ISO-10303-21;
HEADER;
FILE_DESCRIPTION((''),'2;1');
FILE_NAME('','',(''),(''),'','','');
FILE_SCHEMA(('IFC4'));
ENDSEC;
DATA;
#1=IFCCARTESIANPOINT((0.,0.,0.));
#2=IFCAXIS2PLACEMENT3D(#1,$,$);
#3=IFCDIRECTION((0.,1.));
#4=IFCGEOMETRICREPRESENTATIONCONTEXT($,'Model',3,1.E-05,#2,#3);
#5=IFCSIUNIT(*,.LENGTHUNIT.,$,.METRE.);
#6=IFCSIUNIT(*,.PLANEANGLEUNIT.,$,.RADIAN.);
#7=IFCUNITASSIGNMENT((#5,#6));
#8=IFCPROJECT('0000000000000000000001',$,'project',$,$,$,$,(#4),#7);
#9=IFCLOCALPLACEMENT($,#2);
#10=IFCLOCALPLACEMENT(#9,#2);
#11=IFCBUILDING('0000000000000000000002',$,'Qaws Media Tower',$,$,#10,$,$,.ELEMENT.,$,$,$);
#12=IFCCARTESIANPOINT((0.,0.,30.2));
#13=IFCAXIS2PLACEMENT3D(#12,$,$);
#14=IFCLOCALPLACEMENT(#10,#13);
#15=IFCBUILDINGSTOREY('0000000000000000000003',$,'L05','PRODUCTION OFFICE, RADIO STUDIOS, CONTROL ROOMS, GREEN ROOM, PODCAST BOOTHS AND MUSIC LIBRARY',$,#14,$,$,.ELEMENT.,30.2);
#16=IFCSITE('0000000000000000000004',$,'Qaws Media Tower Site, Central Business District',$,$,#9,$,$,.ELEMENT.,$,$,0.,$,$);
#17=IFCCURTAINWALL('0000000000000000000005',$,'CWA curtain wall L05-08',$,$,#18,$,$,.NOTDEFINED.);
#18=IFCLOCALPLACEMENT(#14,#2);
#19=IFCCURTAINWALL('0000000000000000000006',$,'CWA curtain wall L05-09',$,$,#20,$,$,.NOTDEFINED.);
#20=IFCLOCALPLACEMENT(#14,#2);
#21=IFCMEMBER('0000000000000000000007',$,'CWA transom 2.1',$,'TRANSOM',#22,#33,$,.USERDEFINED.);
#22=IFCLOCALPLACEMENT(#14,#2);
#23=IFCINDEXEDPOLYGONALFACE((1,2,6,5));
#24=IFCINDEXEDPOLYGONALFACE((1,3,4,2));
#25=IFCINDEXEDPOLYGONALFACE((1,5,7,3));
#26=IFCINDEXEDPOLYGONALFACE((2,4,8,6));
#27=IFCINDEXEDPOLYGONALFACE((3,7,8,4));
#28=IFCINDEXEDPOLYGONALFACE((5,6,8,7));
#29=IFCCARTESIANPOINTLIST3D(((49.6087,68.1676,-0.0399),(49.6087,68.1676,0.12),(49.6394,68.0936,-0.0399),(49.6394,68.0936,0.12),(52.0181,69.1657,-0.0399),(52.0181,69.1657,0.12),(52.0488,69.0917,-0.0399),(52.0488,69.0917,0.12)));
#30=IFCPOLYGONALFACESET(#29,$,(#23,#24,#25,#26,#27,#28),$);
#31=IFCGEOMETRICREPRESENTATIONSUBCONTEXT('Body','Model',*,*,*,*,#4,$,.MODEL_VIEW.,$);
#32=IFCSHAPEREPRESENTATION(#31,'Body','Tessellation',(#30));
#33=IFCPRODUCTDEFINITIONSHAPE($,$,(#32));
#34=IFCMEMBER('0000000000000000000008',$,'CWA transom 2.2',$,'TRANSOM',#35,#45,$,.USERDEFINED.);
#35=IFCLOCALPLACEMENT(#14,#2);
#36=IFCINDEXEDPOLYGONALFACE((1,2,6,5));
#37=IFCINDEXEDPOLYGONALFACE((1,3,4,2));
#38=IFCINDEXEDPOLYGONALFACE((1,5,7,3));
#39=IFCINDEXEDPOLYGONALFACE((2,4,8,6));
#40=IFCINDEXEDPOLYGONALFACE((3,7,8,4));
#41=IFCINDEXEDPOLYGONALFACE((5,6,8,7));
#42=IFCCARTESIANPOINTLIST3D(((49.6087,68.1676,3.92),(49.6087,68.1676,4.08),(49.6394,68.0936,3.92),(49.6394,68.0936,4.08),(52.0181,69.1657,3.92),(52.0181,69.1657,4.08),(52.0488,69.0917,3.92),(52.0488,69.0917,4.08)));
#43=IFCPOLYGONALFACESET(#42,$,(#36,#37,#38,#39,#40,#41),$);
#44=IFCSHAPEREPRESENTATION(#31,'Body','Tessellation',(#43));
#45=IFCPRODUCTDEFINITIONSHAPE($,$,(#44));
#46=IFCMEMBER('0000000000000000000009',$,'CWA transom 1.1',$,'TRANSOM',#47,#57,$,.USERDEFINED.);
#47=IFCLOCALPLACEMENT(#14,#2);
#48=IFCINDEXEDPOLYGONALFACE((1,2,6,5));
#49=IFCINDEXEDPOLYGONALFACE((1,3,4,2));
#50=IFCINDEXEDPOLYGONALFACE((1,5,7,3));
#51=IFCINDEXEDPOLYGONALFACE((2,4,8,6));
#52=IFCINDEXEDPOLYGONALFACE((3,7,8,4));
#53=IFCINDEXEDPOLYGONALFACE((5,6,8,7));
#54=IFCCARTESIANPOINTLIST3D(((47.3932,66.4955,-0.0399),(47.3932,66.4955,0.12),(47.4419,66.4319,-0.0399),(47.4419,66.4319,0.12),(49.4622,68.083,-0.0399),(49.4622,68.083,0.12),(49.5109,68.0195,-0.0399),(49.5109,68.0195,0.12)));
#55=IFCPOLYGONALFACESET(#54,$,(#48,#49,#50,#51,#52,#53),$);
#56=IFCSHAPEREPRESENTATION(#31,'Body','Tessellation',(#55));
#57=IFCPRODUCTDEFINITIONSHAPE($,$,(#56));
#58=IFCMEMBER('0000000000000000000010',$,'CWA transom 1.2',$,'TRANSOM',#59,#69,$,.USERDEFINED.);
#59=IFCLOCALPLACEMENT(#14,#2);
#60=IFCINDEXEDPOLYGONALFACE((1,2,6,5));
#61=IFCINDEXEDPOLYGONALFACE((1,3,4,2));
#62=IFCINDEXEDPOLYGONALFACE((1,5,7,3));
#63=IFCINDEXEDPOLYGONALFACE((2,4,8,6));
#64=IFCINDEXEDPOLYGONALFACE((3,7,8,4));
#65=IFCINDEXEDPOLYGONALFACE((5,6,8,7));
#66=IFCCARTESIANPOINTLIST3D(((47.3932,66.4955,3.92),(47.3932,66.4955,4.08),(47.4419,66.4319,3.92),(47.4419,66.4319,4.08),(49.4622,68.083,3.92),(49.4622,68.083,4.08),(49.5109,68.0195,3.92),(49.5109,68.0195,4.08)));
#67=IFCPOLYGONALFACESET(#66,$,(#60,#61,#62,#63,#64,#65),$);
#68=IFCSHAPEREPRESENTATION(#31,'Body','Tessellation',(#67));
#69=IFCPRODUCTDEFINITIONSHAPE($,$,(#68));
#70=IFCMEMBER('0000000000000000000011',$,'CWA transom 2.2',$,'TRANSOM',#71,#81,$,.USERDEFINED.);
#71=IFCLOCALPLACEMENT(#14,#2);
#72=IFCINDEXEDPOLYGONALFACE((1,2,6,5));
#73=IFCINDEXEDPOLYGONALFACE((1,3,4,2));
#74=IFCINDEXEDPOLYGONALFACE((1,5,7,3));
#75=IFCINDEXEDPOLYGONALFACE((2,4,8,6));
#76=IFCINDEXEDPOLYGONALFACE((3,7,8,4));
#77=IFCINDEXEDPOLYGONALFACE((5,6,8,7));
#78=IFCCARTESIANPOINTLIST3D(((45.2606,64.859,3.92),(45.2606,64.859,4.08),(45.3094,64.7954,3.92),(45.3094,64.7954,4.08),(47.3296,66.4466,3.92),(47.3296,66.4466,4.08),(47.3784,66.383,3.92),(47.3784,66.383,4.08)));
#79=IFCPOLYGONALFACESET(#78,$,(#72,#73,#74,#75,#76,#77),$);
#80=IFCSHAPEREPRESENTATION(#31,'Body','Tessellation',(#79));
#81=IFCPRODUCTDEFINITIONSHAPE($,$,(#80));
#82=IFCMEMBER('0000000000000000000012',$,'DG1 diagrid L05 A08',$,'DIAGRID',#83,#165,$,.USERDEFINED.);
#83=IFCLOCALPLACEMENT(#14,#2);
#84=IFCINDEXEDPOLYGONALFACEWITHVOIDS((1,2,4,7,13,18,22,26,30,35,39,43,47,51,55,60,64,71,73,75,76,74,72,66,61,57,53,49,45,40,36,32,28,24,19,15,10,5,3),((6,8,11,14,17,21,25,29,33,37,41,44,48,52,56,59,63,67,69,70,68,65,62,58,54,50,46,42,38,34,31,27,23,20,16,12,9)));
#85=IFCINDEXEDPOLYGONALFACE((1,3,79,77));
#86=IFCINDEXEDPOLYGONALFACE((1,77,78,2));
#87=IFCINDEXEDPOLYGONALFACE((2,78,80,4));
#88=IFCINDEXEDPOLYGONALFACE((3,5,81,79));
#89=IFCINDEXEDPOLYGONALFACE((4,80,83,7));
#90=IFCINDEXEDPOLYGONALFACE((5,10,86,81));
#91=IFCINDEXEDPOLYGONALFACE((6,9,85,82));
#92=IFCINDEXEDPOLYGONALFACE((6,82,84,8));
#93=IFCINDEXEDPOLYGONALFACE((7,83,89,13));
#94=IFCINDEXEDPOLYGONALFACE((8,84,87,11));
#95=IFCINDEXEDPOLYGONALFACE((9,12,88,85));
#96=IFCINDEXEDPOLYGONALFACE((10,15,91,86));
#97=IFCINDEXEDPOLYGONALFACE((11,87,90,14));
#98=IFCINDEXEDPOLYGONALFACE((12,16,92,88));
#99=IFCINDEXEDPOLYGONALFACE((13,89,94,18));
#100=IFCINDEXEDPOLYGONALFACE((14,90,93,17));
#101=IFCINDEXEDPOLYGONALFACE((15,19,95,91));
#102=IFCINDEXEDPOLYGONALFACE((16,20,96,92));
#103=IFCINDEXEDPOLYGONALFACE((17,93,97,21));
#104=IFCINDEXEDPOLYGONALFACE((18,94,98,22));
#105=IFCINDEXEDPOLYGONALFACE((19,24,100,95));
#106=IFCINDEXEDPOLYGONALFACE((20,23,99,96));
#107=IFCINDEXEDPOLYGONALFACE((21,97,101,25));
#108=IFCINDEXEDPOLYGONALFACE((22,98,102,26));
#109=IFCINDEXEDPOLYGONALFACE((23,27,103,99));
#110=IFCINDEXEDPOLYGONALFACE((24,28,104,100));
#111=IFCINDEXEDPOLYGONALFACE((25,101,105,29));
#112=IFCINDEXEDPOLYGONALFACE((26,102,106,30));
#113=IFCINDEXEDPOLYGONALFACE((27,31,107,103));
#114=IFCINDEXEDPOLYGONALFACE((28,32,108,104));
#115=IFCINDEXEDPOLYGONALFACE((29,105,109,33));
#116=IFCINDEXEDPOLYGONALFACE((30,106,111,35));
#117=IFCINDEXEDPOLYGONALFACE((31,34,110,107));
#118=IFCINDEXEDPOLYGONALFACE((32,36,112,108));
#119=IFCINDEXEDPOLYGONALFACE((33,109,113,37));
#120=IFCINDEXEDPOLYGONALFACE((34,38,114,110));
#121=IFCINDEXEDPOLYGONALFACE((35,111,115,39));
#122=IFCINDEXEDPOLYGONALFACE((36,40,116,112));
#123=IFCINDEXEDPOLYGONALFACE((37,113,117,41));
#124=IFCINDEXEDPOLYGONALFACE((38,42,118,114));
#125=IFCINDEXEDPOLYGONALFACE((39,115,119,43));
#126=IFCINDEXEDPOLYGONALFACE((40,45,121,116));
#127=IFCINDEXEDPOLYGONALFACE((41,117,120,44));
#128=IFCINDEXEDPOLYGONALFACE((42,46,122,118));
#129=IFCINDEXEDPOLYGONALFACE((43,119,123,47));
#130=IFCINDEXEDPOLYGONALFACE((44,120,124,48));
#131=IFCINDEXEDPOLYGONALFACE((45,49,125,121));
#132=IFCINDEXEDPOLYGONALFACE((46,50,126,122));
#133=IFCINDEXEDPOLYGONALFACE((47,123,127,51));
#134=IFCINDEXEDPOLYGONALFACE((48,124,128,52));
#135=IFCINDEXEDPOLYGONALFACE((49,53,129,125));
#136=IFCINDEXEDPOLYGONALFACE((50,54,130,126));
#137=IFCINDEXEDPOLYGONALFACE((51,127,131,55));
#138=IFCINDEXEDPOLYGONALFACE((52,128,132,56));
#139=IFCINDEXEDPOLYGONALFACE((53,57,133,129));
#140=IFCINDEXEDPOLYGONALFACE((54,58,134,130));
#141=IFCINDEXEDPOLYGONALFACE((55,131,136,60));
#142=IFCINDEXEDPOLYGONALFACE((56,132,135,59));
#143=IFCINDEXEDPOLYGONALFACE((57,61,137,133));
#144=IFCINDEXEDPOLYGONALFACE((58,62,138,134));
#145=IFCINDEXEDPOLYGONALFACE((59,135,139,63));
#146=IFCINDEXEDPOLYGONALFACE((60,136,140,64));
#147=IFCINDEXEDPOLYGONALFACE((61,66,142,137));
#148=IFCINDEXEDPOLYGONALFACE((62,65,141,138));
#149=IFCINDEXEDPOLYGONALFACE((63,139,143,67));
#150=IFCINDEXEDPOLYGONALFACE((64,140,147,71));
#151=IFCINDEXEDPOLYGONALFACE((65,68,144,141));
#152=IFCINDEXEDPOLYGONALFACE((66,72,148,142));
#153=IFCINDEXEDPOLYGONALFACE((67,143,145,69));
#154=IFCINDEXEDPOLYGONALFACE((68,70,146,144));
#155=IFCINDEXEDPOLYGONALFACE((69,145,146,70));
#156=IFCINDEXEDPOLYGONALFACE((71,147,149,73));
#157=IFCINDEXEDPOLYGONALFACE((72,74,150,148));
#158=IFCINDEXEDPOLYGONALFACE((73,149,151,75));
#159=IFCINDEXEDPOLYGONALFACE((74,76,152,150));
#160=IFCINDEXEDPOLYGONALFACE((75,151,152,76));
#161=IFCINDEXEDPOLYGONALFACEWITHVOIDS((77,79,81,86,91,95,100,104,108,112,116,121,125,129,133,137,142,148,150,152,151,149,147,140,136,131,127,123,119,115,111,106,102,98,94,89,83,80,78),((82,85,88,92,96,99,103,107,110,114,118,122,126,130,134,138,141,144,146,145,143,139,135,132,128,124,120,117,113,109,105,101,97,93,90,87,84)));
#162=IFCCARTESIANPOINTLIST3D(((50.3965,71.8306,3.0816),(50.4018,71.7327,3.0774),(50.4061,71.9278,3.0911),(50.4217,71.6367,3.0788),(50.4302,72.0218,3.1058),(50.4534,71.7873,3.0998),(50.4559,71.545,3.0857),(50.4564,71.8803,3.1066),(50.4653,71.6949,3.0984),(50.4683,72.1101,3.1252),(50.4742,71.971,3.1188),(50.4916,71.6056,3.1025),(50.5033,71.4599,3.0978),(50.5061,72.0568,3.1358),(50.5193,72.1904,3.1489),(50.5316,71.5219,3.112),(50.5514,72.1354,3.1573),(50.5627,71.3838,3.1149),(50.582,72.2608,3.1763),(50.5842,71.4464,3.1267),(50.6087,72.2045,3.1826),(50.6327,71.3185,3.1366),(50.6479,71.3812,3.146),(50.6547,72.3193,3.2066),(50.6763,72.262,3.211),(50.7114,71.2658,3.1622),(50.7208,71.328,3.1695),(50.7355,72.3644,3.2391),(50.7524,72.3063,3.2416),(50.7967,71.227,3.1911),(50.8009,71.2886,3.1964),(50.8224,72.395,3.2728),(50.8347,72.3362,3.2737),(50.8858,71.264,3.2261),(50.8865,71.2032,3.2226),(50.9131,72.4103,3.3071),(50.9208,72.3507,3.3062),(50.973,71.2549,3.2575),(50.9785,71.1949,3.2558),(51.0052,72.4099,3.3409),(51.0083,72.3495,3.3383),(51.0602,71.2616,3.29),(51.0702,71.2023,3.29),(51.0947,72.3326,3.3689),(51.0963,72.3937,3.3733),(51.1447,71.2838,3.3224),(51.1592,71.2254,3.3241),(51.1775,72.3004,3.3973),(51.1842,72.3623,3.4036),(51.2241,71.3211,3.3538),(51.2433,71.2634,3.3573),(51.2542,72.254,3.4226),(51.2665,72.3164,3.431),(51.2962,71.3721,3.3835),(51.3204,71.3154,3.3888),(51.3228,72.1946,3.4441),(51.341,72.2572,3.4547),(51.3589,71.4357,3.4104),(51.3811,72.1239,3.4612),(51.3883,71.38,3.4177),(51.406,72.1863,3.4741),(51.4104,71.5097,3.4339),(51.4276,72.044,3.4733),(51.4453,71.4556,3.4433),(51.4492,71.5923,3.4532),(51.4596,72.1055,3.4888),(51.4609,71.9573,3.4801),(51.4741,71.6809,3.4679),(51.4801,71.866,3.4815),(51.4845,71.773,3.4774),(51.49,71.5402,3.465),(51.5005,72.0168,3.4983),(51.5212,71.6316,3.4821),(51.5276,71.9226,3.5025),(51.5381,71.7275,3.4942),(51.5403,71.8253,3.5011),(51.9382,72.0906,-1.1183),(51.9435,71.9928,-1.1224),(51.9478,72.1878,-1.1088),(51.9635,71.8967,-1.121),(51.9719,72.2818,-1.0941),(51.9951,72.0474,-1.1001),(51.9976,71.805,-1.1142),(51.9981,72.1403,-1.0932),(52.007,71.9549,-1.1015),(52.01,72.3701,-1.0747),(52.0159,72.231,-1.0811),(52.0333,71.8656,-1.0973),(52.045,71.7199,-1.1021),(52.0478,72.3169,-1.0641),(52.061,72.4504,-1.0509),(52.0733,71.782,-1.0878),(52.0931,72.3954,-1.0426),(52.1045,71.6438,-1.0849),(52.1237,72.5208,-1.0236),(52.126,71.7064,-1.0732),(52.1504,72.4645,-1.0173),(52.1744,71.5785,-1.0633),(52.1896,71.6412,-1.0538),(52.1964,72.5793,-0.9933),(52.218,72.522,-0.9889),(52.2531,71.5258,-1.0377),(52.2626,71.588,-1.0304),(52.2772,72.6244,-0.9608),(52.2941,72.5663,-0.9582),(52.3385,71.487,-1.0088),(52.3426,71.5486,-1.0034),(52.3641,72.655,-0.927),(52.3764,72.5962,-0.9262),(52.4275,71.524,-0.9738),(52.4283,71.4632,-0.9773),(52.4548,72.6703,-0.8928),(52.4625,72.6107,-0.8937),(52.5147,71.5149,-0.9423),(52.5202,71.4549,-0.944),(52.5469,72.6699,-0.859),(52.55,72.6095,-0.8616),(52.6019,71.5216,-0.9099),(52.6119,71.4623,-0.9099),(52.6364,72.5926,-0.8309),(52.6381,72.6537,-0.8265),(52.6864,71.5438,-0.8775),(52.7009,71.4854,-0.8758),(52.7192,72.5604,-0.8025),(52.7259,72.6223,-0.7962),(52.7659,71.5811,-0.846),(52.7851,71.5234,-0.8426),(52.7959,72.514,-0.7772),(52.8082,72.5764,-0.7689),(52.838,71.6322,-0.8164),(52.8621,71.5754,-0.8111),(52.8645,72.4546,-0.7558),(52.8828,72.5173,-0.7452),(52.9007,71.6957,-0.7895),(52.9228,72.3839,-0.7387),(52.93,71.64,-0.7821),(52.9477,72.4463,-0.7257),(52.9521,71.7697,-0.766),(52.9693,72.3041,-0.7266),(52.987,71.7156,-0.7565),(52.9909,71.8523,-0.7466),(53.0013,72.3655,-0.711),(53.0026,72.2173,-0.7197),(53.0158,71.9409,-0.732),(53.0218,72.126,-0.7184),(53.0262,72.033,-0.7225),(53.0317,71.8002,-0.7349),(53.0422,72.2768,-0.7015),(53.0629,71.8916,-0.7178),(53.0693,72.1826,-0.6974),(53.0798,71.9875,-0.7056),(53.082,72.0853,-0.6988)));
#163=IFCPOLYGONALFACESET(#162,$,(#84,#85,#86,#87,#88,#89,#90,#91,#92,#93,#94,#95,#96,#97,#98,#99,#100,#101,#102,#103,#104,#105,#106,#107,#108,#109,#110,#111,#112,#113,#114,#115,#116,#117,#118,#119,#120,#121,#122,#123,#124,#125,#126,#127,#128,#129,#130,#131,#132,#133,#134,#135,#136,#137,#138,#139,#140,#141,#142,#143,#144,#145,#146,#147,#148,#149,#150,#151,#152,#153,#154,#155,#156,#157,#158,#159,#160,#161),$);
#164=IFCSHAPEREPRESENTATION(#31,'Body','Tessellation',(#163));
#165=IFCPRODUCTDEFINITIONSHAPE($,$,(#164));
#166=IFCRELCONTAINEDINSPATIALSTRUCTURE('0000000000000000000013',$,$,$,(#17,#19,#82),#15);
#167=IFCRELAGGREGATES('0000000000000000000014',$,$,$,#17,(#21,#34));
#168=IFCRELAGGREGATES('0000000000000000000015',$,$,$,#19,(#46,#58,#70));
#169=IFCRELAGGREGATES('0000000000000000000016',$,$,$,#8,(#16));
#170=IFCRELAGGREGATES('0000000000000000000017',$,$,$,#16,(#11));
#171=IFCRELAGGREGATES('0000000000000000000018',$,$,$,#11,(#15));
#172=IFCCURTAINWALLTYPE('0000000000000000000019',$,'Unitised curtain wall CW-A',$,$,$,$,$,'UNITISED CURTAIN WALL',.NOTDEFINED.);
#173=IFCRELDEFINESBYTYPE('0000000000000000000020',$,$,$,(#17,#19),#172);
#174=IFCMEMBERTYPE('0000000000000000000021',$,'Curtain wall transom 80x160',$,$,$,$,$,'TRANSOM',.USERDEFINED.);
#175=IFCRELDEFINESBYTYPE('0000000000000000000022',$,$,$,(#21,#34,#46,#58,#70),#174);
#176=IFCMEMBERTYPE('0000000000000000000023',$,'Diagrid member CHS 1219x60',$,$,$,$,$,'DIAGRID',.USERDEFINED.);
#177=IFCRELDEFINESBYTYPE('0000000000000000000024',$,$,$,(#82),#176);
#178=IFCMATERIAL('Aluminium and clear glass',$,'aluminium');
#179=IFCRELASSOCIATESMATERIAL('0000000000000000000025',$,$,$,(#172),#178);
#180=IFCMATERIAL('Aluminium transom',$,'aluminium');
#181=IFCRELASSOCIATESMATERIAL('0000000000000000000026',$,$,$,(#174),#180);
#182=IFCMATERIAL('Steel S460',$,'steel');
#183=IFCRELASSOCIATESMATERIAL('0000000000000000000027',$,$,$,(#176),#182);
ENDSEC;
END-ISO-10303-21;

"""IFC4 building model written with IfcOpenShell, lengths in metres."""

from ifc_helpers import new_model, si_unit, direction, frame, origin, origin_2d, place, context, subcontext, project, spatial, rectangle, hollow_circle, extrude, material, material_profile, profile_set, type_object, element, aggregate, save


model = new_model("IFC4")

# Units and contexts
model_context = context("Model", 3, precision=1e-05, world=origin(), true_north=direction((0.0, 1.0)))
body_context = subcontext(model_context, "Body", "Model", "MODEL_VIEW")
ifc_project = project(units=[si_unit("LENGTHUNIT", "METRE"), si_unit("PLANEANGLEUNIT", "RADIAN")], contexts=[model_context])

# Site, building, storey
site_placement = place(None, origin())
site = spatial("IfcSite", under=ifc_project, at=site_placement, Name="Qaws Media Tower Site, Central Business District", CompositionType="ELEMENT", RefElevation=0.0)
building_placement = place(site_placement, origin())
building = spatial("IfcBuilding", under=site, at=building_placement, Name="Qaws Media Tower", CompositionType="ELEMENT")
storey_placement = place(building_placement, frame((0.0, 0.0, 30.2)))
storey = spatial("IfcBuildingStorey", under=building, at=storey_placement, Name="L05", Description="PRODUCTION OFFICE, RADIO STUDIOS, CONTROL ROOMS, GREEN ROOM, PODCAST BOOTHS AND MUSIC LIBRARY", CompositionType="ELEMENT", Elevation=30.2)

# Curtain walls
ifc_material_1 = material(Name="Aluminium and clear glass", Category="aluminium")
curtain_wall_type = type_object("IfcCurtainWallType", Name="Unitised curtain wall CW-A", ElementType="UNITISED CURTAIN WALL", PredefinedType="NOTDEFINED", material=ifc_material_1)
curtain_wall_1_placement = place(storey_placement, origin())
curtain_wall_1 = element("IfcCurtainWall", 1, at=curtain_wall_1_placement, inside=storey, type_object=curtain_wall_type, Name="CWA curtain wall L05-08", PredefinedType="NOTDEFINED")
curtain_wall_2_placement = place(storey_placement, origin())
curtain_wall_2 = element("IfcCurtainWall", 2, at=curtain_wall_2_placement, inside=storey, type_object=curtain_wall_type, Name="CWA curtain wall L05-09", PredefinedType="NOTDEFINED")

# Members
ifc_material_2 = material(Name="Aluminium transom", Category="aluminium")
ifc_material_profile_1 = material_profile(ifc_material_2, rectangle(XDim=0.0801, YDim=0.1599, at=origin_2d()), Name="80x160")
ifc_profile_set_1 = profile_set([ifc_material_profile_1], Name="Aluminium transom")
member_type_1 = type_object("IfcMemberType", Name="Curtain wall transom 80x160", ElementType="TRANSOM", PredefinedType="USERDEFINED", material=ifc_profile_set_1)
member_1_placement = place(storey_placement, frame((52.0334, 69.1287, 0.04), z_axis=(-0.923875, -0.382694, 0.0), x_axis=(0.382694, -0.923875, 0.0)))
member_1 = element("IfcMember", 3, at=member_1_placement, type_object=member_type_1, Name="CWA transom 2.1", ObjectType="TRANSOM", PredefinedType="USERDEFINED", context=body_context, shape_type="SweptSolid", body=[
    extrude(rectangle(XDim=0.0801, YDim=0.1599, at=origin_2d()), origin(), (0.0, 0.0, 1.0), 2.6079),
])
member_2_placement = place(storey_placement, frame((52.0334, 69.1287, 4.0), z_axis=(-0.923875, -0.382694, 0.0), x_axis=(0.382694, -0.923875, 0.0)))
member_2 = element("IfcMember", 4, at=member_2_placement, type_object=member_type_1, Name="CWA transom 2.2", ObjectType="TRANSOM", PredefinedType="USERDEFINED", context=body_context, shape_type="SweptSolid", body=[
    extrude(rectangle(XDim=0.0801, YDim=0.1599, at=origin_2d()), origin(), (0.0, 0.0, 1.0), 2.6079),
])
member_3_placement = place(storey_placement, frame((49.4866, 68.0513, 0.04), z_axis=(-0.793358, -0.608756, 0.0), x_axis=(0.608756, -0.793358, 0.0)))
member_3 = element("IfcMember", 5, at=member_3_placement, type_object=member_type_1, Name="CWA transom 1.1", ObjectType="TRANSOM", PredefinedType="USERDEFINED", context=body_context, shape_type="SweptSolid", body=[
    extrude(rectangle(XDim=0.0801, YDim=0.1599, at=origin_2d()), origin(), (0.0, 0.0, 1.0), 2.6079),
])
member_4_placement = place(storey_placement, frame((49.4866, 68.0513, 4.0), z_axis=(-0.793358, -0.608756, 0.0), x_axis=(0.608756, -0.793358, 0.0)))
member_4 = element("IfcMember", 6, at=member_4_placement, type_object=member_type_1, Name="CWA transom 1.2", ObjectType="TRANSOM", PredefinedType="USERDEFINED", context=body_context, shape_type="SweptSolid", body=[
    extrude(rectangle(XDim=0.0801, YDim=0.1599, at=origin_2d()), origin(), (0.0, 0.0, 1.0), 2.6079),
])
member_5_placement = place(storey_placement, frame((47.354, 66.4148, 4.0), z_axis=(-0.793358, -0.608756, 0.0), x_axis=(0.608756, -0.793358, 0.0)))
member_5 = element("IfcMember", 7, at=member_5_placement, type_object=member_type_1, Name="CWA transom 2.2", ObjectType="TRANSOM", PredefinedType="USERDEFINED", context=body_context, shape_type="SweptSolid", body=[
    extrude(rectangle(XDim=0.0801, YDim=0.1599, at=origin_2d()), origin(), (0.0, 0.0, 1.0), 2.6079),
])

# Member
ifc_material_3 = material(Name="Steel S460", Category="steel")
ifc_material_profile_2 = material_profile(ifc_material_3, hollow_circle(Radius=0.6096, WallThickness=0.0601, at=origin_2d()), Name="CHS 1219x60")
ifc_profile_set_2 = profile_set([ifc_material_profile_2], Name="Steel S460")
member_type_2 = type_object("IfcMemberType", Name="Diagrid member CHS 1219x60", ElementType="DIAGRID", PredefinedType="USERDEFINED", material=ifc_profile_set_2)
for number, where, z_axis, x_axis, name in (
    (8, (52.5105, 72.0635, -0.9099), (-0.344022, -0.058018, 0.937167), (0.166298, -0.986076, 0.0), "DG1 diagrid L05 A08"),
):
    element("IfcMember", number, at=place(storey_placement, frame(where, z_axis=z_axis, x_axis=x_axis)), inside=storey, type_object=member_type_2, Name=name, ObjectType="DIAGRID", PredefinedType="USERDEFINED", context=body_context, shape_type="SweptSolid", body=[
        extrude(hollow_circle(Radius=0.6096, WallThickness=0.0601, at=origin_2d()), origin(), (0.0, 0.0, 1.0), 4.4814),
    ])

aggregate(curtain_wall_1, [member_1, member_2])
aggregate(curtain_wall_2, [member_3, member_4, member_5])

save(model, "model.ifc")
